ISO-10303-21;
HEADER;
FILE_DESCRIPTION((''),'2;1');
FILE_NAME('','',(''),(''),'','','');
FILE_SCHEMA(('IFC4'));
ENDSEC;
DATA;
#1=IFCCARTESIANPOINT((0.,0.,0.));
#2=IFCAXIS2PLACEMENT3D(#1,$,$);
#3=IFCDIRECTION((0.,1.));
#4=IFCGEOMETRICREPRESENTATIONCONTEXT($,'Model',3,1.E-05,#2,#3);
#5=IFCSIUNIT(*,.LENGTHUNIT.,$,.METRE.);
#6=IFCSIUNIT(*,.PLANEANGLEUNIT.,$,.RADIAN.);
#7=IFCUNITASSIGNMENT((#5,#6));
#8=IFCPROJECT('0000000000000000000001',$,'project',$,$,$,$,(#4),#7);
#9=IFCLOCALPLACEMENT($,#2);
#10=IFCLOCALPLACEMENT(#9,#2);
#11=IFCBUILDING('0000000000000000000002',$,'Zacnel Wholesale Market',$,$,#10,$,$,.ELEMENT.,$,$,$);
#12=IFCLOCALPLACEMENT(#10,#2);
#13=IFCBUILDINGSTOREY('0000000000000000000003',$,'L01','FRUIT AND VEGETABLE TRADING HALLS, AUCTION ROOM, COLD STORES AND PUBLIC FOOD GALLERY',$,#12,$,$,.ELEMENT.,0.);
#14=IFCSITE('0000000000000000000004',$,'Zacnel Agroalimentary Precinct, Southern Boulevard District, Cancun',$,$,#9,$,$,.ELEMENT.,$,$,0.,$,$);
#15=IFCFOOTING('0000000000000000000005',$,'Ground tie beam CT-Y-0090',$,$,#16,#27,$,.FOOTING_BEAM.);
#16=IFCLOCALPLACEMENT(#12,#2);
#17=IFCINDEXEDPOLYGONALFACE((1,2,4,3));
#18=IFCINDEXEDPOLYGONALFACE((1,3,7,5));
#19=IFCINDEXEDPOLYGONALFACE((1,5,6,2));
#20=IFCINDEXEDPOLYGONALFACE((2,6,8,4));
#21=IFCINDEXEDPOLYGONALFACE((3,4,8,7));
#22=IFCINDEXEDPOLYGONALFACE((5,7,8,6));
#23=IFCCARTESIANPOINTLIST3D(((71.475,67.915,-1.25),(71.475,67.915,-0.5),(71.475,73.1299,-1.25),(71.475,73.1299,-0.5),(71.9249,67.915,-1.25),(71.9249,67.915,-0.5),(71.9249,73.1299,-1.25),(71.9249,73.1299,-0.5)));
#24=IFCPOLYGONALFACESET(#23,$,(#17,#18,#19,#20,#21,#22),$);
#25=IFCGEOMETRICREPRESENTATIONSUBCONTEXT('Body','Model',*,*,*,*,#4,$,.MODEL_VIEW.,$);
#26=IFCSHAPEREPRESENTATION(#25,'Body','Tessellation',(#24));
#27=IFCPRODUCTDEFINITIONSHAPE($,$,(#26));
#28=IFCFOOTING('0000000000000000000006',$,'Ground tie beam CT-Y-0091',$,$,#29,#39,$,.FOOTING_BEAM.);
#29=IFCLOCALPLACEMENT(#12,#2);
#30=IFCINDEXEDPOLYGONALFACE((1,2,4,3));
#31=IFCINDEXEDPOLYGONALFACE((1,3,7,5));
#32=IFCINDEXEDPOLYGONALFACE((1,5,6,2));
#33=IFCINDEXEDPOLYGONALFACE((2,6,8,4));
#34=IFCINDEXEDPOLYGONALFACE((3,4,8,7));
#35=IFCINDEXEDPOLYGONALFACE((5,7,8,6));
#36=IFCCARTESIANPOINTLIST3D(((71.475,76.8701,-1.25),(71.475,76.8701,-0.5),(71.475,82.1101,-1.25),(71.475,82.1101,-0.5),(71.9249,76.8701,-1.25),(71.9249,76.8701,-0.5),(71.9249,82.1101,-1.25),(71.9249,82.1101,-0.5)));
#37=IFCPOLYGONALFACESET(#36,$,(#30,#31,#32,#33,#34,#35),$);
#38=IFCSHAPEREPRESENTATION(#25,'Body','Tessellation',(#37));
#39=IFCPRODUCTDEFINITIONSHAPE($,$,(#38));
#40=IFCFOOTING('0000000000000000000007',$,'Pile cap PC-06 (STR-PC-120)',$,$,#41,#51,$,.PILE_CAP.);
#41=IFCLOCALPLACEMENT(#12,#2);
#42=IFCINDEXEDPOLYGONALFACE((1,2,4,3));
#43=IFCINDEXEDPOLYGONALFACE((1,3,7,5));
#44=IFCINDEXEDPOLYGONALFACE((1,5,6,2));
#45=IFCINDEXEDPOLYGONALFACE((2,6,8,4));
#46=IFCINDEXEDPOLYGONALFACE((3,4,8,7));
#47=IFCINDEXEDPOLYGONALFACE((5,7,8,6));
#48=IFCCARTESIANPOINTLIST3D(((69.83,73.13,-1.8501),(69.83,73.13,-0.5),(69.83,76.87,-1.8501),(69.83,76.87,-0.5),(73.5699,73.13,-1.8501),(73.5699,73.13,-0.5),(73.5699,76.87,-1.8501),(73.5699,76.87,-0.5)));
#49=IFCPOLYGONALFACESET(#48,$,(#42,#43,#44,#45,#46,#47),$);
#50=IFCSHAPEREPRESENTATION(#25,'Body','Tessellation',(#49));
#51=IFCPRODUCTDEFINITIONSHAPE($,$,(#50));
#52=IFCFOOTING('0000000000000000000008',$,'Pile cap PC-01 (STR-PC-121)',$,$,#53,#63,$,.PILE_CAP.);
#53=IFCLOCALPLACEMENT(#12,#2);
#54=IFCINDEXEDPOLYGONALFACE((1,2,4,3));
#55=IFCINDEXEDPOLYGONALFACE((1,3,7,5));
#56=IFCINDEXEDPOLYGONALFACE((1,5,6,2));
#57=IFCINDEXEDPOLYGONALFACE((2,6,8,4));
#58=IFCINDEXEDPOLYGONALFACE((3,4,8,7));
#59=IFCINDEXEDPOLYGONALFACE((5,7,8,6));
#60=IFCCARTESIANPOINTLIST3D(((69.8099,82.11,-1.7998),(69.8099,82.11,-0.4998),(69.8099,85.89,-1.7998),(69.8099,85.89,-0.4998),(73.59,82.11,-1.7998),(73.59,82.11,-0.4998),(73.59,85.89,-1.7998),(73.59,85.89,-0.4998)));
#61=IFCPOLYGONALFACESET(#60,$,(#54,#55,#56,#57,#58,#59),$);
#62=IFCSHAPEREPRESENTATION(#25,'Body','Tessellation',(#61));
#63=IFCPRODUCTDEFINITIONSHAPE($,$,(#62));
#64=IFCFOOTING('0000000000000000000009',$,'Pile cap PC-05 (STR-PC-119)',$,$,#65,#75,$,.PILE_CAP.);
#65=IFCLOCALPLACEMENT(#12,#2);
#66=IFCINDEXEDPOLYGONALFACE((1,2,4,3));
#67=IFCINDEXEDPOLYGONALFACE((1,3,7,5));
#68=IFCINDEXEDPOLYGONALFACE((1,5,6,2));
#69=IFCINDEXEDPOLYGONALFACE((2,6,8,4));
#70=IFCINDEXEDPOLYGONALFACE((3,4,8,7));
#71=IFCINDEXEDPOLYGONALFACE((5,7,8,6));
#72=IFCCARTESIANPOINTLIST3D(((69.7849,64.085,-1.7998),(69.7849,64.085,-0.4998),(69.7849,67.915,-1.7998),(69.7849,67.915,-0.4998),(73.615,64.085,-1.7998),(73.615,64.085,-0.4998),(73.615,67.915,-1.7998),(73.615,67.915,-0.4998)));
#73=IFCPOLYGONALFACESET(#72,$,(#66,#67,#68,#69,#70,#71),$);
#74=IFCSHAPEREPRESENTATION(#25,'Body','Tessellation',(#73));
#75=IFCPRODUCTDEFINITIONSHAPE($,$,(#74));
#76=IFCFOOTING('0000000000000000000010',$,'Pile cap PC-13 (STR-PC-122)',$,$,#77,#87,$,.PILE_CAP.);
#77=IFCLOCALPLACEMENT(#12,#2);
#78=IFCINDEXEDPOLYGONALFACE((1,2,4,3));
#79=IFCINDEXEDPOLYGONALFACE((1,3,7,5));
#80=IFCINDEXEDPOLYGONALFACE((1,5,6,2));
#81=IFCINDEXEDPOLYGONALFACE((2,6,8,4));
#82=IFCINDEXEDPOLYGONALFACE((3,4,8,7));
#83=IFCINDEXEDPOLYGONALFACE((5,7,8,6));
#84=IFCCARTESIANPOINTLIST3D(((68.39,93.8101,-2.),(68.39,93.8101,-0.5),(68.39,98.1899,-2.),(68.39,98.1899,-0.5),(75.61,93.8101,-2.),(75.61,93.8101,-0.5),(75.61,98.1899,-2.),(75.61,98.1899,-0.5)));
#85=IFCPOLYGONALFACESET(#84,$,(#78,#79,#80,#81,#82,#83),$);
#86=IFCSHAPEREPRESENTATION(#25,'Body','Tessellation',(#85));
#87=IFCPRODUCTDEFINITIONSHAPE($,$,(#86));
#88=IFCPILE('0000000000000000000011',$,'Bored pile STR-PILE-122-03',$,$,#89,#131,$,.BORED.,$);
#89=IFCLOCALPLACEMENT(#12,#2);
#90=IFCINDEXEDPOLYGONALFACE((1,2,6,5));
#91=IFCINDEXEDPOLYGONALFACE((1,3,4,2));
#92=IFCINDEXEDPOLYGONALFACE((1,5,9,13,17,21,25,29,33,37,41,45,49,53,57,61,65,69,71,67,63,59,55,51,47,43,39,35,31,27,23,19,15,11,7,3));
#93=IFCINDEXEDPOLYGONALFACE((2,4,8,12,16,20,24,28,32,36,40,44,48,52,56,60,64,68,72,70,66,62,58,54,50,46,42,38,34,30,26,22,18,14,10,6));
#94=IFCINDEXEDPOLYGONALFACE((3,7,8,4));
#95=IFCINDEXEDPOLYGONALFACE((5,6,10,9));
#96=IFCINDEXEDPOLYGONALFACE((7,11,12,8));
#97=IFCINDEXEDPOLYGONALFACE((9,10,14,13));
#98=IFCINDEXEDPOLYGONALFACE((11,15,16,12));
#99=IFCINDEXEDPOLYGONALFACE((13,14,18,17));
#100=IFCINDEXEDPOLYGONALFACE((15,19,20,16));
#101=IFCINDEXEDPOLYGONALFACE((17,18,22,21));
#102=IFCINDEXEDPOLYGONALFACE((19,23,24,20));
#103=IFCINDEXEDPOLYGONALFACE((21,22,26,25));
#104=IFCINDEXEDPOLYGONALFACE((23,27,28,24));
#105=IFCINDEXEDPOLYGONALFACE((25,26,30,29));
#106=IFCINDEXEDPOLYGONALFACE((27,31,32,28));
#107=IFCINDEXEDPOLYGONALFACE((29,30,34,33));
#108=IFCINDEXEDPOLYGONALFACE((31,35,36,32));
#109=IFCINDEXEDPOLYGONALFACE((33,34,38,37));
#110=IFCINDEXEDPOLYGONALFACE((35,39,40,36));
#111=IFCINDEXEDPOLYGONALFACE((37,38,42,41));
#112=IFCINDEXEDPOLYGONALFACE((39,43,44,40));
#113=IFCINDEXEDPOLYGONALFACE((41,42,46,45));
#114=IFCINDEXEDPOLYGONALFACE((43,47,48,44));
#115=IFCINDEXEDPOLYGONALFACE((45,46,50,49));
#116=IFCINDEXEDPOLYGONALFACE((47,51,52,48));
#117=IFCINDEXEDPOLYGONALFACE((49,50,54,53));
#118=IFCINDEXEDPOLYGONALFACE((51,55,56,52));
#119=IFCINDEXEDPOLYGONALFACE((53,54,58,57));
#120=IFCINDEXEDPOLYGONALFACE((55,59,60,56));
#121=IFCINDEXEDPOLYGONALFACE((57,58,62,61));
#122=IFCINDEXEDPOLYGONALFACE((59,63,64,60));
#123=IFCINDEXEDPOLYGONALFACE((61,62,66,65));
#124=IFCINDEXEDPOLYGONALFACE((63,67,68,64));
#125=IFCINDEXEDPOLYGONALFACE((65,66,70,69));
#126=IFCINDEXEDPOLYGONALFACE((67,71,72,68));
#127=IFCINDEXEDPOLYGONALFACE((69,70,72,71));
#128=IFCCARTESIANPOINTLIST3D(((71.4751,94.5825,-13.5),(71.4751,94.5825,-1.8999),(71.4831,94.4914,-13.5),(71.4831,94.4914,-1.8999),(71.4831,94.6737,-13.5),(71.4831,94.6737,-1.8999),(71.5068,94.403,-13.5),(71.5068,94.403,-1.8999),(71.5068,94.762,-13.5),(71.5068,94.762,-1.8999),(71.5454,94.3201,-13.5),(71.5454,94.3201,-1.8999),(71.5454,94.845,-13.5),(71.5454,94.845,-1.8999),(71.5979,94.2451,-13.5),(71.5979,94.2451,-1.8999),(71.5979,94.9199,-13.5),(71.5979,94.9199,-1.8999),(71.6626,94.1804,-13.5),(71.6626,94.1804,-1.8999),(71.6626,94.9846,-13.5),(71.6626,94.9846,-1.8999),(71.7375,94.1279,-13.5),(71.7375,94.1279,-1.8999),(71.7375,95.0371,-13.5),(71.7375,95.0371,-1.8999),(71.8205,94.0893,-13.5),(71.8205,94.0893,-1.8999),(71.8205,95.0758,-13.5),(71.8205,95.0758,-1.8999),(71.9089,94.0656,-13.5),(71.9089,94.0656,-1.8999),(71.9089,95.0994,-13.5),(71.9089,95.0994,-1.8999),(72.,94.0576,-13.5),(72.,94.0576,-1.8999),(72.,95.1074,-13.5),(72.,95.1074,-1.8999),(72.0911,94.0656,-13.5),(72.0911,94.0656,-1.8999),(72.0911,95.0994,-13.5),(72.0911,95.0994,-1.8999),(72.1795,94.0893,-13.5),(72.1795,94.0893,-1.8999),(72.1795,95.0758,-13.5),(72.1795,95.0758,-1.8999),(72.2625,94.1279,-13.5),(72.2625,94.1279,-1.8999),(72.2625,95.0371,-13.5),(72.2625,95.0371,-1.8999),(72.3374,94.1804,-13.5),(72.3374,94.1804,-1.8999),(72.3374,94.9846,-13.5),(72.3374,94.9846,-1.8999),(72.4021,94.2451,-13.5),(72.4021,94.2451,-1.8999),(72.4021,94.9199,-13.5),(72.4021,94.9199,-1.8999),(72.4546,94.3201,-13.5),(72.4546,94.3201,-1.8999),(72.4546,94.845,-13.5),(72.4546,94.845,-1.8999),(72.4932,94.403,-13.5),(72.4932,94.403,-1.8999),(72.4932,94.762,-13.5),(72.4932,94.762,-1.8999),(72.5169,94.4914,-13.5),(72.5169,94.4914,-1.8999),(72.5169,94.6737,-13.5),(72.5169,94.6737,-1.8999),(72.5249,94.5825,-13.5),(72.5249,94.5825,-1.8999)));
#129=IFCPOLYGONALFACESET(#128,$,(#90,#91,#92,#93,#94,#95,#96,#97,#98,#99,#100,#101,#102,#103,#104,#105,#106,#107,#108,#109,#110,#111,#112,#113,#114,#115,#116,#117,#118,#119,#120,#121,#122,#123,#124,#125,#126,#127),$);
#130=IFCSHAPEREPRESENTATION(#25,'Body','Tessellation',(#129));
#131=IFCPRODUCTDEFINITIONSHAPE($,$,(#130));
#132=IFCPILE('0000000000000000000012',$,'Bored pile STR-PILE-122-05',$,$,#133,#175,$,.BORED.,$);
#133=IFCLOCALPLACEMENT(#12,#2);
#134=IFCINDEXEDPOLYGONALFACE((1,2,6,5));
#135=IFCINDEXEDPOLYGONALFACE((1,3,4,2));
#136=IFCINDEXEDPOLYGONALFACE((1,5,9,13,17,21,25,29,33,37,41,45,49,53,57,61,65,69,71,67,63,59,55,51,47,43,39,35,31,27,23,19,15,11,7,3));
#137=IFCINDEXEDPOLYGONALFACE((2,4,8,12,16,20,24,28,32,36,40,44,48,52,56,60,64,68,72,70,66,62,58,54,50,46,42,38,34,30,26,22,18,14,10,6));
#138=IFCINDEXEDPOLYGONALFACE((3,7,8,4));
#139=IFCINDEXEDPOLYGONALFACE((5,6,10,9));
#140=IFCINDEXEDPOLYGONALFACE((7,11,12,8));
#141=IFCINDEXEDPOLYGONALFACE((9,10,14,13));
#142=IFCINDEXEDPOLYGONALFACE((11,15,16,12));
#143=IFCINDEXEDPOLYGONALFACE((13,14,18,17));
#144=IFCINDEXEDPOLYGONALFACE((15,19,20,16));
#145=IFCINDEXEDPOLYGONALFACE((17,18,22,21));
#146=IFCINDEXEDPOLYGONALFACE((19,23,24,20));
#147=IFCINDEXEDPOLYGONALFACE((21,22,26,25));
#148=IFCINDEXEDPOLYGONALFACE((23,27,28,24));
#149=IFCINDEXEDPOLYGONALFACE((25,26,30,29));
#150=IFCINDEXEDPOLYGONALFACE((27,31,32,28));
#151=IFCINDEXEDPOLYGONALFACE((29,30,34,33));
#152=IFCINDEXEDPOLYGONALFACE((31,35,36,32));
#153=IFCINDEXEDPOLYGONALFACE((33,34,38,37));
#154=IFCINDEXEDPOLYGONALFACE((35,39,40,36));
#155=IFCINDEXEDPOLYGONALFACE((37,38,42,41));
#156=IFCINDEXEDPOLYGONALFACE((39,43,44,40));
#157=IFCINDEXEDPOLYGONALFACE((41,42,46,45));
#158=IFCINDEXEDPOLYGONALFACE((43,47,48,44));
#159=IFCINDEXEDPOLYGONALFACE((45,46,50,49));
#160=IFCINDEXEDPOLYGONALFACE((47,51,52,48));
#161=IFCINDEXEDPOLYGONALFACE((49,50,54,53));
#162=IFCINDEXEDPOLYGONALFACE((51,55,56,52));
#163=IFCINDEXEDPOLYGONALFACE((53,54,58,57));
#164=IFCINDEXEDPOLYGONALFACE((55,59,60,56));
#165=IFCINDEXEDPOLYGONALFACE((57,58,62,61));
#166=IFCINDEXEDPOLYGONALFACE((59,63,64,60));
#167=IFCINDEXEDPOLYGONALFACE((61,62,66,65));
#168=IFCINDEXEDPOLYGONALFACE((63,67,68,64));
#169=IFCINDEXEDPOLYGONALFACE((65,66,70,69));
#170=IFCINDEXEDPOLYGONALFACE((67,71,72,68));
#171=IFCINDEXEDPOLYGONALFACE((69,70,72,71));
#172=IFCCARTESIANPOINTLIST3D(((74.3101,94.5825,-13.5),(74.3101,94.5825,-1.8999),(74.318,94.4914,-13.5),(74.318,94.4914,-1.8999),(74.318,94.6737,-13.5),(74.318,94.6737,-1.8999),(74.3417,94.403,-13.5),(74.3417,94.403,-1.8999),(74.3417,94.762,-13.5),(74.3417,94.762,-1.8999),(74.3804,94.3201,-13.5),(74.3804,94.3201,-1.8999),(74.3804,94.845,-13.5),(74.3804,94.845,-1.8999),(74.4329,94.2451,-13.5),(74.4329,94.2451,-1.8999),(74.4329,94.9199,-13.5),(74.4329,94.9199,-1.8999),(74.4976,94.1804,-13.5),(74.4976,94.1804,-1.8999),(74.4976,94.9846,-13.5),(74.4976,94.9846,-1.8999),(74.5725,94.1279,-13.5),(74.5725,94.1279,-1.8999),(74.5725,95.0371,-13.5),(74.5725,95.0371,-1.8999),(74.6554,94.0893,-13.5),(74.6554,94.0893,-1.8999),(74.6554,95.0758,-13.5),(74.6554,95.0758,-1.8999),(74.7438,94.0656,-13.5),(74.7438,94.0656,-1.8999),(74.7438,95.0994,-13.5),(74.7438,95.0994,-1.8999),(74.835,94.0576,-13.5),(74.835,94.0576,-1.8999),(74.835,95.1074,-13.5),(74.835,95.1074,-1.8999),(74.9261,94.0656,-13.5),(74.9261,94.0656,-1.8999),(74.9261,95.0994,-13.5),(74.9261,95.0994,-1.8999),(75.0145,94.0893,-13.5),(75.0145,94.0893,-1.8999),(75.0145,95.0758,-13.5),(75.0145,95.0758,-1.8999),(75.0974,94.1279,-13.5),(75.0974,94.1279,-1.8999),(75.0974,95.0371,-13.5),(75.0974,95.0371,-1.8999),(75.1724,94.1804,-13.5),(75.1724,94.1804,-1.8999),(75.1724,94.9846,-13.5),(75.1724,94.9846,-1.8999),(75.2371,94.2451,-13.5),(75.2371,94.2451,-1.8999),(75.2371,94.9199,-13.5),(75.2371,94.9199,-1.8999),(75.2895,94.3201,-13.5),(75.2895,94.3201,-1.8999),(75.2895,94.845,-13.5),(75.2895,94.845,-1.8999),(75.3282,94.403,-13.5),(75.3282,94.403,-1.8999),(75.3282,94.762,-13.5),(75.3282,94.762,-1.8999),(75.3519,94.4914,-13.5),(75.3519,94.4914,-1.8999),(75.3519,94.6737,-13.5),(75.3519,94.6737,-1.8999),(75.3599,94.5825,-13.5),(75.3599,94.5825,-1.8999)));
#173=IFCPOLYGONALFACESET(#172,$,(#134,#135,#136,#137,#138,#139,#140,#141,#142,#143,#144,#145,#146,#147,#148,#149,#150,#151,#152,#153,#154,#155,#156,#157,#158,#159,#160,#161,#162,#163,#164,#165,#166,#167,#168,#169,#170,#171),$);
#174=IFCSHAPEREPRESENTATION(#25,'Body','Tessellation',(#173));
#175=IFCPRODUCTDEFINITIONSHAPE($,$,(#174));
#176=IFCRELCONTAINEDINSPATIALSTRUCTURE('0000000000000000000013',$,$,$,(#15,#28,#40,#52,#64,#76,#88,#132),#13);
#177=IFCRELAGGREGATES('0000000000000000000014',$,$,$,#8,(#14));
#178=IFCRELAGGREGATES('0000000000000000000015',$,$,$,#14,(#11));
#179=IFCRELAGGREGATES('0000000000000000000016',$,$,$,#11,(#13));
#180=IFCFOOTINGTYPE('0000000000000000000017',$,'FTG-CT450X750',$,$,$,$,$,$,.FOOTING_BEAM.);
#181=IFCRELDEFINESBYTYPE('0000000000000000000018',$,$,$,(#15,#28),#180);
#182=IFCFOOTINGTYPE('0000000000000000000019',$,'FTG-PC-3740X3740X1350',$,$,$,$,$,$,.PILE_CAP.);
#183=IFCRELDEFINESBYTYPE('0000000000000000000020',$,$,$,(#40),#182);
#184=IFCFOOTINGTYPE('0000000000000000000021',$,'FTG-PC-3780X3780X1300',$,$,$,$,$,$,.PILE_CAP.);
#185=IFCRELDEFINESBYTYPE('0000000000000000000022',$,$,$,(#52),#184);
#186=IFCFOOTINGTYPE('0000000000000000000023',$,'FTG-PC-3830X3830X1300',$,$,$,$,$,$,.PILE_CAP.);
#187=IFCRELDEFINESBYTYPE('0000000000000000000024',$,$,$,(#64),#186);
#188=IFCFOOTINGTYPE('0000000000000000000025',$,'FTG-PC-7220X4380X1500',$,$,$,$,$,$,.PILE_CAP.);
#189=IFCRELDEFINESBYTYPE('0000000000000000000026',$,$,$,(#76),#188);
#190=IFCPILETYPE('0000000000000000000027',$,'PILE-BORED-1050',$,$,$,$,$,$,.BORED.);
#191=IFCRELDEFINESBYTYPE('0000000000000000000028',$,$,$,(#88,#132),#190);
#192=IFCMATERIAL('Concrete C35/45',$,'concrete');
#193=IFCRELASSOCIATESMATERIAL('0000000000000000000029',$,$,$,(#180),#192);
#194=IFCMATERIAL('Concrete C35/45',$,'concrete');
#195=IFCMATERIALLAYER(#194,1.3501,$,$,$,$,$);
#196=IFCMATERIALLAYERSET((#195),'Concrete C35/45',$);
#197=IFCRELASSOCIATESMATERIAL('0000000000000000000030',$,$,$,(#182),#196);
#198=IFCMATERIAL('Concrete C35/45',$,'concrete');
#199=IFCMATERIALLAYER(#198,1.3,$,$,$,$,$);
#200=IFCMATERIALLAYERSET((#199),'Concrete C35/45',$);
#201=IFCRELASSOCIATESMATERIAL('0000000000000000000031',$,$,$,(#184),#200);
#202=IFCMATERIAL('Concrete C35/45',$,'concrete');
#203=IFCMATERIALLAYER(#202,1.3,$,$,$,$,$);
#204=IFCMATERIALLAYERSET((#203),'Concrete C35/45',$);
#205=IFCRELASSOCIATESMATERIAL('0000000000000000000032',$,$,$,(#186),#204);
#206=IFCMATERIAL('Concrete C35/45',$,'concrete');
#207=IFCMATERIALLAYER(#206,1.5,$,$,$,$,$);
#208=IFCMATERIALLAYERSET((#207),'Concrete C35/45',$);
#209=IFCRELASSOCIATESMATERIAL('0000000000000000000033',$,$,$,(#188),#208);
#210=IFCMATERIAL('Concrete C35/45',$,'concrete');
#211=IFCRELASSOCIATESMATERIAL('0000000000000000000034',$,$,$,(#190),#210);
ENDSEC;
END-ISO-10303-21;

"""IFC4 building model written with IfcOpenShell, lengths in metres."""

from ifc_helpers import new_model, si_unit, direction, frame, origin, origin_2d, place, context, subcontext, project, spatial, rectangle, circle, extrude, material, layer, layer_set, material_profile, profile_set, type_object, element, save


model = new_model("IFC4")

# Units and contexts
model_context = context("Model", 3, precision=1e-05, world=origin(), true_north=direction((0.0, 1.0)))
body_context = subcontext(model_context, "Body", "Model", "MODEL_VIEW")
ifc_project = project(units=[si_unit("LENGTHUNIT", "METRE"), si_unit("PLANEANGLEUNIT", "RADIAN")], contexts=[model_context])

# Site, building, storey
site_placement = place(None, origin())
site = spatial("IfcSite", under=ifc_project, at=site_placement, Name="Zacnel Agroalimentary Precinct, Southern Boulevard District, Cancun", CompositionType="ELEMENT", RefElevation=0.0)
building_placement = place(site_placement, origin())
building = spatial("IfcBuilding", under=site, at=building_placement, Name="Zacnel Wholesale Market", CompositionType="ELEMENT")
storey_placement = place(building_placement, origin())
storey = spatial("IfcBuildingStorey", under=building, at=storey_placement, Name="L01", Description="FRUIT AND VEGETABLE TRADING HALLS, AUCTION ROOM, COLD STORES AND PUBLIC FOOD GALLERY", CompositionType="ELEMENT", Elevation=0.0)

# Footings
ifc_material_1 = material(Name="Concrete C35/45", Category="concrete")
ifc_material_profile_1 = material_profile(ifc_material_1, rectangle(XDim=0.45, YDim=0.75, at=origin_2d()), Name="CT 450x750")
ifc_profile_set_1 = profile_set([ifc_material_profile_1], Name="Concrete C35/45")
footing_type_1 = type_object("IfcFootingType", Name="FTG-CT450X750", PredefinedType="FOOTING_BEAM", material=ifc_profile_set_1)
footing_1_placement = place(storey_placement, frame((71.7, 67.915, -0.875), z_axis=(0.0, 1.0, 0.0), x_axis=(-1.0, 0.0, 0.0)))
element("IfcFooting", 1, at=footing_1_placement, inside=storey, type_object=footing_type_1, Name="Ground tie beam CT-Y-0090", PredefinedType="FOOTING_BEAM", context=body_context, shape_type="SweptSolid", body=[
    extrude(rectangle(XDim=0.45, YDim=0.75, at=origin_2d()), origin(), (0.0, 0.0, 1.0), 5.2148),
])
footing_2_placement = place(storey_placement, frame((71.7, 76.8701, -0.875), z_axis=(0.0, 1.0, 0.0), x_axis=(-1.0, 0.0, 0.0)))
element("IfcFooting", 2, at=footing_2_placement, inside=storey, type_object=footing_type_1, Name="Ground tie beam CT-Y-0091", PredefinedType="FOOTING_BEAM", context=body_context, shape_type="SweptSolid", body=[
    extrude(rectangle(XDim=0.45, YDim=0.75, at=origin_2d()), origin(), (0.0, 0.0, 1.0), 5.24),
])
ifc_material_2 = material(Name="Concrete C35/45", Category="concrete")
ifc_layer_1 = layer(ifc_material_2, 1.3501)
ifc_layer_set_1 = layer_set([ifc_layer_1], Name="Concrete C35/45")
footing_type_2 = type_object("IfcFootingType", Name="FTG-PC-3740X3740X1350", PredefinedType="PILE_CAP", material=ifc_layer_set_1)
footing_3_placement = place(storey_placement, frame((71.7, 75.0, -1.8501), z_axis=(0.0, 0.0, 1.0), x_axis=(1.0, 0.0, 0.0)))
element("IfcFooting", 3, at=footing_3_placement, inside=storey, type_object=footing_type_2, Name="Pile cap PC-06 (STR-PC-120)", PredefinedType="PILE_CAP", context=body_context, shape_type="SweptSolid", body=[
    extrude(rectangle(XDim=3.74, YDim=3.74, at=origin_2d()), origin(), (0.0, 0.0, 1.0), 1.3501),
])
ifc_material_3 = material(Name="Concrete C35/45", Category="concrete")
ifc_layer_2 = layer(ifc_material_3, 1.3)
ifc_layer_set_2 = layer_set([ifc_layer_2], Name="Concrete C35/45")
footing_type_3 = type_object("IfcFootingType", Name="FTG-PC-3780X3780X1300", PredefinedType="PILE_CAP", material=ifc_layer_set_2)
footing_4_placement = place(storey_placement, frame((71.7, 84.0, -1.7998), z_axis=(0.0, 0.0, 1.0), x_axis=(1.0, 0.0, 0.0)))
element("IfcFooting", 4, at=footing_4_placement, inside=storey, type_object=footing_type_3, Name="Pile cap PC-01 (STR-PC-121)", PredefinedType="PILE_CAP", context=body_context, shape_type="SweptSolid", body=[
    extrude(rectangle(XDim=3.78, YDim=3.78, at=origin_2d()), origin(), (0.0, 0.0, 1.0), 1.3),
])
ifc_material_4 = material(Name="Concrete C35/45", Category="concrete")
ifc_layer_3 = layer(ifc_material_4, 1.3)
ifc_layer_set_3 = layer_set([ifc_layer_3], Name="Concrete C35/45")
footing_type_4 = type_object("IfcFootingType", Name="FTG-PC-3830X3830X1300", PredefinedType="PILE_CAP", material=ifc_layer_set_3)
footing_5_placement = place(storey_placement, frame((71.7, 66.0, -1.7998), z_axis=(0.0, 0.0, 1.0), x_axis=(1.0, 0.0, 0.0)))
element("IfcFooting", 5, at=footing_5_placement, inside=storey, type_object=footing_type_4, Name="Pile cap PC-05 (STR-PC-119)", PredefinedType="PILE_CAP", context=body_context, shape_type="SweptSolid", body=[
    extrude(rectangle(XDim=3.8301, YDim=3.8301, at=origin_2d()), origin(), (0.0, 0.0, 1.0), 1.3),
])
ifc_material_5 = material(Name="Concrete C35/45", Category="concrete")
ifc_layer_4 = layer(ifc_material_5, 1.5)
ifc_layer_set_4 = layer_set([ifc_layer_4], Name="Concrete C35/45")
footing_type_5 = type_object("IfcFootingType", Name="FTG-PC-7220X4380X1500", PredefinedType="PILE_CAP", material=ifc_layer_set_4)
footing_6_placement = place(storey_placement, frame((72.0, 96.0, -2.0), z_axis=(0.0, 0.0, 1.0), x_axis=(1.0, 0.0, 0.0)))
element("IfcFooting", 6, at=footing_6_placement, inside=storey, type_object=footing_type_5, Name="Pile cap PC-13 (STR-PC-122)", PredefinedType="PILE_CAP", context=body_context, shape_type="SweptSolid", body=[
    extrude(rectangle(XDim=7.22, YDim=4.3799, at=origin_2d()), origin(), (0.0, 0.0, 1.0), 1.5),
])

# Piles
ifc_material_6 = material(Name="Concrete C35/45", Category="concrete")
ifc_material_profile_2 = material_profile(ifc_material_6, circle(Radius=0.5249, at=origin_2d()), Name="BORED PILE D1050")
ifc_profile_set_2 = profile_set([ifc_material_profile_2], Name="Concrete C35/45")
pile_type_1 = type_object("IfcPileType", Name="PILE-BORED-1050", PredefinedType="BORED", material=ifc_profile_set_2)
for number, where, z_axis, x_axis, name in (
    (7, (72.0, 94.5825, -1.8999), (0.0, 0.0, -1.0), (1.0, 0.0, 0.0), "Bored pile STR-PILE-122-03"),
    (8, (74.835, 94.5825, -1.8999), (0.0, 0.0, -1.0), (1.0, 0.0, 0.0), "Bored pile STR-PILE-122-05"),
):
    element("IfcPile", number, at=place(storey_placement, frame(where, z_axis=z_axis, x_axis=x_axis)), inside=storey, type_object=pile_type_1, Name=name, PredefinedType="BORED", context=body_context, shape_type="SweptSolid", body=[
        extrude(circle(Radius=0.5249, at=origin_2d()), origin(), (0.0, 0.0, 1.0), 11.6001),
    ])

save(model, "model.ifc")
